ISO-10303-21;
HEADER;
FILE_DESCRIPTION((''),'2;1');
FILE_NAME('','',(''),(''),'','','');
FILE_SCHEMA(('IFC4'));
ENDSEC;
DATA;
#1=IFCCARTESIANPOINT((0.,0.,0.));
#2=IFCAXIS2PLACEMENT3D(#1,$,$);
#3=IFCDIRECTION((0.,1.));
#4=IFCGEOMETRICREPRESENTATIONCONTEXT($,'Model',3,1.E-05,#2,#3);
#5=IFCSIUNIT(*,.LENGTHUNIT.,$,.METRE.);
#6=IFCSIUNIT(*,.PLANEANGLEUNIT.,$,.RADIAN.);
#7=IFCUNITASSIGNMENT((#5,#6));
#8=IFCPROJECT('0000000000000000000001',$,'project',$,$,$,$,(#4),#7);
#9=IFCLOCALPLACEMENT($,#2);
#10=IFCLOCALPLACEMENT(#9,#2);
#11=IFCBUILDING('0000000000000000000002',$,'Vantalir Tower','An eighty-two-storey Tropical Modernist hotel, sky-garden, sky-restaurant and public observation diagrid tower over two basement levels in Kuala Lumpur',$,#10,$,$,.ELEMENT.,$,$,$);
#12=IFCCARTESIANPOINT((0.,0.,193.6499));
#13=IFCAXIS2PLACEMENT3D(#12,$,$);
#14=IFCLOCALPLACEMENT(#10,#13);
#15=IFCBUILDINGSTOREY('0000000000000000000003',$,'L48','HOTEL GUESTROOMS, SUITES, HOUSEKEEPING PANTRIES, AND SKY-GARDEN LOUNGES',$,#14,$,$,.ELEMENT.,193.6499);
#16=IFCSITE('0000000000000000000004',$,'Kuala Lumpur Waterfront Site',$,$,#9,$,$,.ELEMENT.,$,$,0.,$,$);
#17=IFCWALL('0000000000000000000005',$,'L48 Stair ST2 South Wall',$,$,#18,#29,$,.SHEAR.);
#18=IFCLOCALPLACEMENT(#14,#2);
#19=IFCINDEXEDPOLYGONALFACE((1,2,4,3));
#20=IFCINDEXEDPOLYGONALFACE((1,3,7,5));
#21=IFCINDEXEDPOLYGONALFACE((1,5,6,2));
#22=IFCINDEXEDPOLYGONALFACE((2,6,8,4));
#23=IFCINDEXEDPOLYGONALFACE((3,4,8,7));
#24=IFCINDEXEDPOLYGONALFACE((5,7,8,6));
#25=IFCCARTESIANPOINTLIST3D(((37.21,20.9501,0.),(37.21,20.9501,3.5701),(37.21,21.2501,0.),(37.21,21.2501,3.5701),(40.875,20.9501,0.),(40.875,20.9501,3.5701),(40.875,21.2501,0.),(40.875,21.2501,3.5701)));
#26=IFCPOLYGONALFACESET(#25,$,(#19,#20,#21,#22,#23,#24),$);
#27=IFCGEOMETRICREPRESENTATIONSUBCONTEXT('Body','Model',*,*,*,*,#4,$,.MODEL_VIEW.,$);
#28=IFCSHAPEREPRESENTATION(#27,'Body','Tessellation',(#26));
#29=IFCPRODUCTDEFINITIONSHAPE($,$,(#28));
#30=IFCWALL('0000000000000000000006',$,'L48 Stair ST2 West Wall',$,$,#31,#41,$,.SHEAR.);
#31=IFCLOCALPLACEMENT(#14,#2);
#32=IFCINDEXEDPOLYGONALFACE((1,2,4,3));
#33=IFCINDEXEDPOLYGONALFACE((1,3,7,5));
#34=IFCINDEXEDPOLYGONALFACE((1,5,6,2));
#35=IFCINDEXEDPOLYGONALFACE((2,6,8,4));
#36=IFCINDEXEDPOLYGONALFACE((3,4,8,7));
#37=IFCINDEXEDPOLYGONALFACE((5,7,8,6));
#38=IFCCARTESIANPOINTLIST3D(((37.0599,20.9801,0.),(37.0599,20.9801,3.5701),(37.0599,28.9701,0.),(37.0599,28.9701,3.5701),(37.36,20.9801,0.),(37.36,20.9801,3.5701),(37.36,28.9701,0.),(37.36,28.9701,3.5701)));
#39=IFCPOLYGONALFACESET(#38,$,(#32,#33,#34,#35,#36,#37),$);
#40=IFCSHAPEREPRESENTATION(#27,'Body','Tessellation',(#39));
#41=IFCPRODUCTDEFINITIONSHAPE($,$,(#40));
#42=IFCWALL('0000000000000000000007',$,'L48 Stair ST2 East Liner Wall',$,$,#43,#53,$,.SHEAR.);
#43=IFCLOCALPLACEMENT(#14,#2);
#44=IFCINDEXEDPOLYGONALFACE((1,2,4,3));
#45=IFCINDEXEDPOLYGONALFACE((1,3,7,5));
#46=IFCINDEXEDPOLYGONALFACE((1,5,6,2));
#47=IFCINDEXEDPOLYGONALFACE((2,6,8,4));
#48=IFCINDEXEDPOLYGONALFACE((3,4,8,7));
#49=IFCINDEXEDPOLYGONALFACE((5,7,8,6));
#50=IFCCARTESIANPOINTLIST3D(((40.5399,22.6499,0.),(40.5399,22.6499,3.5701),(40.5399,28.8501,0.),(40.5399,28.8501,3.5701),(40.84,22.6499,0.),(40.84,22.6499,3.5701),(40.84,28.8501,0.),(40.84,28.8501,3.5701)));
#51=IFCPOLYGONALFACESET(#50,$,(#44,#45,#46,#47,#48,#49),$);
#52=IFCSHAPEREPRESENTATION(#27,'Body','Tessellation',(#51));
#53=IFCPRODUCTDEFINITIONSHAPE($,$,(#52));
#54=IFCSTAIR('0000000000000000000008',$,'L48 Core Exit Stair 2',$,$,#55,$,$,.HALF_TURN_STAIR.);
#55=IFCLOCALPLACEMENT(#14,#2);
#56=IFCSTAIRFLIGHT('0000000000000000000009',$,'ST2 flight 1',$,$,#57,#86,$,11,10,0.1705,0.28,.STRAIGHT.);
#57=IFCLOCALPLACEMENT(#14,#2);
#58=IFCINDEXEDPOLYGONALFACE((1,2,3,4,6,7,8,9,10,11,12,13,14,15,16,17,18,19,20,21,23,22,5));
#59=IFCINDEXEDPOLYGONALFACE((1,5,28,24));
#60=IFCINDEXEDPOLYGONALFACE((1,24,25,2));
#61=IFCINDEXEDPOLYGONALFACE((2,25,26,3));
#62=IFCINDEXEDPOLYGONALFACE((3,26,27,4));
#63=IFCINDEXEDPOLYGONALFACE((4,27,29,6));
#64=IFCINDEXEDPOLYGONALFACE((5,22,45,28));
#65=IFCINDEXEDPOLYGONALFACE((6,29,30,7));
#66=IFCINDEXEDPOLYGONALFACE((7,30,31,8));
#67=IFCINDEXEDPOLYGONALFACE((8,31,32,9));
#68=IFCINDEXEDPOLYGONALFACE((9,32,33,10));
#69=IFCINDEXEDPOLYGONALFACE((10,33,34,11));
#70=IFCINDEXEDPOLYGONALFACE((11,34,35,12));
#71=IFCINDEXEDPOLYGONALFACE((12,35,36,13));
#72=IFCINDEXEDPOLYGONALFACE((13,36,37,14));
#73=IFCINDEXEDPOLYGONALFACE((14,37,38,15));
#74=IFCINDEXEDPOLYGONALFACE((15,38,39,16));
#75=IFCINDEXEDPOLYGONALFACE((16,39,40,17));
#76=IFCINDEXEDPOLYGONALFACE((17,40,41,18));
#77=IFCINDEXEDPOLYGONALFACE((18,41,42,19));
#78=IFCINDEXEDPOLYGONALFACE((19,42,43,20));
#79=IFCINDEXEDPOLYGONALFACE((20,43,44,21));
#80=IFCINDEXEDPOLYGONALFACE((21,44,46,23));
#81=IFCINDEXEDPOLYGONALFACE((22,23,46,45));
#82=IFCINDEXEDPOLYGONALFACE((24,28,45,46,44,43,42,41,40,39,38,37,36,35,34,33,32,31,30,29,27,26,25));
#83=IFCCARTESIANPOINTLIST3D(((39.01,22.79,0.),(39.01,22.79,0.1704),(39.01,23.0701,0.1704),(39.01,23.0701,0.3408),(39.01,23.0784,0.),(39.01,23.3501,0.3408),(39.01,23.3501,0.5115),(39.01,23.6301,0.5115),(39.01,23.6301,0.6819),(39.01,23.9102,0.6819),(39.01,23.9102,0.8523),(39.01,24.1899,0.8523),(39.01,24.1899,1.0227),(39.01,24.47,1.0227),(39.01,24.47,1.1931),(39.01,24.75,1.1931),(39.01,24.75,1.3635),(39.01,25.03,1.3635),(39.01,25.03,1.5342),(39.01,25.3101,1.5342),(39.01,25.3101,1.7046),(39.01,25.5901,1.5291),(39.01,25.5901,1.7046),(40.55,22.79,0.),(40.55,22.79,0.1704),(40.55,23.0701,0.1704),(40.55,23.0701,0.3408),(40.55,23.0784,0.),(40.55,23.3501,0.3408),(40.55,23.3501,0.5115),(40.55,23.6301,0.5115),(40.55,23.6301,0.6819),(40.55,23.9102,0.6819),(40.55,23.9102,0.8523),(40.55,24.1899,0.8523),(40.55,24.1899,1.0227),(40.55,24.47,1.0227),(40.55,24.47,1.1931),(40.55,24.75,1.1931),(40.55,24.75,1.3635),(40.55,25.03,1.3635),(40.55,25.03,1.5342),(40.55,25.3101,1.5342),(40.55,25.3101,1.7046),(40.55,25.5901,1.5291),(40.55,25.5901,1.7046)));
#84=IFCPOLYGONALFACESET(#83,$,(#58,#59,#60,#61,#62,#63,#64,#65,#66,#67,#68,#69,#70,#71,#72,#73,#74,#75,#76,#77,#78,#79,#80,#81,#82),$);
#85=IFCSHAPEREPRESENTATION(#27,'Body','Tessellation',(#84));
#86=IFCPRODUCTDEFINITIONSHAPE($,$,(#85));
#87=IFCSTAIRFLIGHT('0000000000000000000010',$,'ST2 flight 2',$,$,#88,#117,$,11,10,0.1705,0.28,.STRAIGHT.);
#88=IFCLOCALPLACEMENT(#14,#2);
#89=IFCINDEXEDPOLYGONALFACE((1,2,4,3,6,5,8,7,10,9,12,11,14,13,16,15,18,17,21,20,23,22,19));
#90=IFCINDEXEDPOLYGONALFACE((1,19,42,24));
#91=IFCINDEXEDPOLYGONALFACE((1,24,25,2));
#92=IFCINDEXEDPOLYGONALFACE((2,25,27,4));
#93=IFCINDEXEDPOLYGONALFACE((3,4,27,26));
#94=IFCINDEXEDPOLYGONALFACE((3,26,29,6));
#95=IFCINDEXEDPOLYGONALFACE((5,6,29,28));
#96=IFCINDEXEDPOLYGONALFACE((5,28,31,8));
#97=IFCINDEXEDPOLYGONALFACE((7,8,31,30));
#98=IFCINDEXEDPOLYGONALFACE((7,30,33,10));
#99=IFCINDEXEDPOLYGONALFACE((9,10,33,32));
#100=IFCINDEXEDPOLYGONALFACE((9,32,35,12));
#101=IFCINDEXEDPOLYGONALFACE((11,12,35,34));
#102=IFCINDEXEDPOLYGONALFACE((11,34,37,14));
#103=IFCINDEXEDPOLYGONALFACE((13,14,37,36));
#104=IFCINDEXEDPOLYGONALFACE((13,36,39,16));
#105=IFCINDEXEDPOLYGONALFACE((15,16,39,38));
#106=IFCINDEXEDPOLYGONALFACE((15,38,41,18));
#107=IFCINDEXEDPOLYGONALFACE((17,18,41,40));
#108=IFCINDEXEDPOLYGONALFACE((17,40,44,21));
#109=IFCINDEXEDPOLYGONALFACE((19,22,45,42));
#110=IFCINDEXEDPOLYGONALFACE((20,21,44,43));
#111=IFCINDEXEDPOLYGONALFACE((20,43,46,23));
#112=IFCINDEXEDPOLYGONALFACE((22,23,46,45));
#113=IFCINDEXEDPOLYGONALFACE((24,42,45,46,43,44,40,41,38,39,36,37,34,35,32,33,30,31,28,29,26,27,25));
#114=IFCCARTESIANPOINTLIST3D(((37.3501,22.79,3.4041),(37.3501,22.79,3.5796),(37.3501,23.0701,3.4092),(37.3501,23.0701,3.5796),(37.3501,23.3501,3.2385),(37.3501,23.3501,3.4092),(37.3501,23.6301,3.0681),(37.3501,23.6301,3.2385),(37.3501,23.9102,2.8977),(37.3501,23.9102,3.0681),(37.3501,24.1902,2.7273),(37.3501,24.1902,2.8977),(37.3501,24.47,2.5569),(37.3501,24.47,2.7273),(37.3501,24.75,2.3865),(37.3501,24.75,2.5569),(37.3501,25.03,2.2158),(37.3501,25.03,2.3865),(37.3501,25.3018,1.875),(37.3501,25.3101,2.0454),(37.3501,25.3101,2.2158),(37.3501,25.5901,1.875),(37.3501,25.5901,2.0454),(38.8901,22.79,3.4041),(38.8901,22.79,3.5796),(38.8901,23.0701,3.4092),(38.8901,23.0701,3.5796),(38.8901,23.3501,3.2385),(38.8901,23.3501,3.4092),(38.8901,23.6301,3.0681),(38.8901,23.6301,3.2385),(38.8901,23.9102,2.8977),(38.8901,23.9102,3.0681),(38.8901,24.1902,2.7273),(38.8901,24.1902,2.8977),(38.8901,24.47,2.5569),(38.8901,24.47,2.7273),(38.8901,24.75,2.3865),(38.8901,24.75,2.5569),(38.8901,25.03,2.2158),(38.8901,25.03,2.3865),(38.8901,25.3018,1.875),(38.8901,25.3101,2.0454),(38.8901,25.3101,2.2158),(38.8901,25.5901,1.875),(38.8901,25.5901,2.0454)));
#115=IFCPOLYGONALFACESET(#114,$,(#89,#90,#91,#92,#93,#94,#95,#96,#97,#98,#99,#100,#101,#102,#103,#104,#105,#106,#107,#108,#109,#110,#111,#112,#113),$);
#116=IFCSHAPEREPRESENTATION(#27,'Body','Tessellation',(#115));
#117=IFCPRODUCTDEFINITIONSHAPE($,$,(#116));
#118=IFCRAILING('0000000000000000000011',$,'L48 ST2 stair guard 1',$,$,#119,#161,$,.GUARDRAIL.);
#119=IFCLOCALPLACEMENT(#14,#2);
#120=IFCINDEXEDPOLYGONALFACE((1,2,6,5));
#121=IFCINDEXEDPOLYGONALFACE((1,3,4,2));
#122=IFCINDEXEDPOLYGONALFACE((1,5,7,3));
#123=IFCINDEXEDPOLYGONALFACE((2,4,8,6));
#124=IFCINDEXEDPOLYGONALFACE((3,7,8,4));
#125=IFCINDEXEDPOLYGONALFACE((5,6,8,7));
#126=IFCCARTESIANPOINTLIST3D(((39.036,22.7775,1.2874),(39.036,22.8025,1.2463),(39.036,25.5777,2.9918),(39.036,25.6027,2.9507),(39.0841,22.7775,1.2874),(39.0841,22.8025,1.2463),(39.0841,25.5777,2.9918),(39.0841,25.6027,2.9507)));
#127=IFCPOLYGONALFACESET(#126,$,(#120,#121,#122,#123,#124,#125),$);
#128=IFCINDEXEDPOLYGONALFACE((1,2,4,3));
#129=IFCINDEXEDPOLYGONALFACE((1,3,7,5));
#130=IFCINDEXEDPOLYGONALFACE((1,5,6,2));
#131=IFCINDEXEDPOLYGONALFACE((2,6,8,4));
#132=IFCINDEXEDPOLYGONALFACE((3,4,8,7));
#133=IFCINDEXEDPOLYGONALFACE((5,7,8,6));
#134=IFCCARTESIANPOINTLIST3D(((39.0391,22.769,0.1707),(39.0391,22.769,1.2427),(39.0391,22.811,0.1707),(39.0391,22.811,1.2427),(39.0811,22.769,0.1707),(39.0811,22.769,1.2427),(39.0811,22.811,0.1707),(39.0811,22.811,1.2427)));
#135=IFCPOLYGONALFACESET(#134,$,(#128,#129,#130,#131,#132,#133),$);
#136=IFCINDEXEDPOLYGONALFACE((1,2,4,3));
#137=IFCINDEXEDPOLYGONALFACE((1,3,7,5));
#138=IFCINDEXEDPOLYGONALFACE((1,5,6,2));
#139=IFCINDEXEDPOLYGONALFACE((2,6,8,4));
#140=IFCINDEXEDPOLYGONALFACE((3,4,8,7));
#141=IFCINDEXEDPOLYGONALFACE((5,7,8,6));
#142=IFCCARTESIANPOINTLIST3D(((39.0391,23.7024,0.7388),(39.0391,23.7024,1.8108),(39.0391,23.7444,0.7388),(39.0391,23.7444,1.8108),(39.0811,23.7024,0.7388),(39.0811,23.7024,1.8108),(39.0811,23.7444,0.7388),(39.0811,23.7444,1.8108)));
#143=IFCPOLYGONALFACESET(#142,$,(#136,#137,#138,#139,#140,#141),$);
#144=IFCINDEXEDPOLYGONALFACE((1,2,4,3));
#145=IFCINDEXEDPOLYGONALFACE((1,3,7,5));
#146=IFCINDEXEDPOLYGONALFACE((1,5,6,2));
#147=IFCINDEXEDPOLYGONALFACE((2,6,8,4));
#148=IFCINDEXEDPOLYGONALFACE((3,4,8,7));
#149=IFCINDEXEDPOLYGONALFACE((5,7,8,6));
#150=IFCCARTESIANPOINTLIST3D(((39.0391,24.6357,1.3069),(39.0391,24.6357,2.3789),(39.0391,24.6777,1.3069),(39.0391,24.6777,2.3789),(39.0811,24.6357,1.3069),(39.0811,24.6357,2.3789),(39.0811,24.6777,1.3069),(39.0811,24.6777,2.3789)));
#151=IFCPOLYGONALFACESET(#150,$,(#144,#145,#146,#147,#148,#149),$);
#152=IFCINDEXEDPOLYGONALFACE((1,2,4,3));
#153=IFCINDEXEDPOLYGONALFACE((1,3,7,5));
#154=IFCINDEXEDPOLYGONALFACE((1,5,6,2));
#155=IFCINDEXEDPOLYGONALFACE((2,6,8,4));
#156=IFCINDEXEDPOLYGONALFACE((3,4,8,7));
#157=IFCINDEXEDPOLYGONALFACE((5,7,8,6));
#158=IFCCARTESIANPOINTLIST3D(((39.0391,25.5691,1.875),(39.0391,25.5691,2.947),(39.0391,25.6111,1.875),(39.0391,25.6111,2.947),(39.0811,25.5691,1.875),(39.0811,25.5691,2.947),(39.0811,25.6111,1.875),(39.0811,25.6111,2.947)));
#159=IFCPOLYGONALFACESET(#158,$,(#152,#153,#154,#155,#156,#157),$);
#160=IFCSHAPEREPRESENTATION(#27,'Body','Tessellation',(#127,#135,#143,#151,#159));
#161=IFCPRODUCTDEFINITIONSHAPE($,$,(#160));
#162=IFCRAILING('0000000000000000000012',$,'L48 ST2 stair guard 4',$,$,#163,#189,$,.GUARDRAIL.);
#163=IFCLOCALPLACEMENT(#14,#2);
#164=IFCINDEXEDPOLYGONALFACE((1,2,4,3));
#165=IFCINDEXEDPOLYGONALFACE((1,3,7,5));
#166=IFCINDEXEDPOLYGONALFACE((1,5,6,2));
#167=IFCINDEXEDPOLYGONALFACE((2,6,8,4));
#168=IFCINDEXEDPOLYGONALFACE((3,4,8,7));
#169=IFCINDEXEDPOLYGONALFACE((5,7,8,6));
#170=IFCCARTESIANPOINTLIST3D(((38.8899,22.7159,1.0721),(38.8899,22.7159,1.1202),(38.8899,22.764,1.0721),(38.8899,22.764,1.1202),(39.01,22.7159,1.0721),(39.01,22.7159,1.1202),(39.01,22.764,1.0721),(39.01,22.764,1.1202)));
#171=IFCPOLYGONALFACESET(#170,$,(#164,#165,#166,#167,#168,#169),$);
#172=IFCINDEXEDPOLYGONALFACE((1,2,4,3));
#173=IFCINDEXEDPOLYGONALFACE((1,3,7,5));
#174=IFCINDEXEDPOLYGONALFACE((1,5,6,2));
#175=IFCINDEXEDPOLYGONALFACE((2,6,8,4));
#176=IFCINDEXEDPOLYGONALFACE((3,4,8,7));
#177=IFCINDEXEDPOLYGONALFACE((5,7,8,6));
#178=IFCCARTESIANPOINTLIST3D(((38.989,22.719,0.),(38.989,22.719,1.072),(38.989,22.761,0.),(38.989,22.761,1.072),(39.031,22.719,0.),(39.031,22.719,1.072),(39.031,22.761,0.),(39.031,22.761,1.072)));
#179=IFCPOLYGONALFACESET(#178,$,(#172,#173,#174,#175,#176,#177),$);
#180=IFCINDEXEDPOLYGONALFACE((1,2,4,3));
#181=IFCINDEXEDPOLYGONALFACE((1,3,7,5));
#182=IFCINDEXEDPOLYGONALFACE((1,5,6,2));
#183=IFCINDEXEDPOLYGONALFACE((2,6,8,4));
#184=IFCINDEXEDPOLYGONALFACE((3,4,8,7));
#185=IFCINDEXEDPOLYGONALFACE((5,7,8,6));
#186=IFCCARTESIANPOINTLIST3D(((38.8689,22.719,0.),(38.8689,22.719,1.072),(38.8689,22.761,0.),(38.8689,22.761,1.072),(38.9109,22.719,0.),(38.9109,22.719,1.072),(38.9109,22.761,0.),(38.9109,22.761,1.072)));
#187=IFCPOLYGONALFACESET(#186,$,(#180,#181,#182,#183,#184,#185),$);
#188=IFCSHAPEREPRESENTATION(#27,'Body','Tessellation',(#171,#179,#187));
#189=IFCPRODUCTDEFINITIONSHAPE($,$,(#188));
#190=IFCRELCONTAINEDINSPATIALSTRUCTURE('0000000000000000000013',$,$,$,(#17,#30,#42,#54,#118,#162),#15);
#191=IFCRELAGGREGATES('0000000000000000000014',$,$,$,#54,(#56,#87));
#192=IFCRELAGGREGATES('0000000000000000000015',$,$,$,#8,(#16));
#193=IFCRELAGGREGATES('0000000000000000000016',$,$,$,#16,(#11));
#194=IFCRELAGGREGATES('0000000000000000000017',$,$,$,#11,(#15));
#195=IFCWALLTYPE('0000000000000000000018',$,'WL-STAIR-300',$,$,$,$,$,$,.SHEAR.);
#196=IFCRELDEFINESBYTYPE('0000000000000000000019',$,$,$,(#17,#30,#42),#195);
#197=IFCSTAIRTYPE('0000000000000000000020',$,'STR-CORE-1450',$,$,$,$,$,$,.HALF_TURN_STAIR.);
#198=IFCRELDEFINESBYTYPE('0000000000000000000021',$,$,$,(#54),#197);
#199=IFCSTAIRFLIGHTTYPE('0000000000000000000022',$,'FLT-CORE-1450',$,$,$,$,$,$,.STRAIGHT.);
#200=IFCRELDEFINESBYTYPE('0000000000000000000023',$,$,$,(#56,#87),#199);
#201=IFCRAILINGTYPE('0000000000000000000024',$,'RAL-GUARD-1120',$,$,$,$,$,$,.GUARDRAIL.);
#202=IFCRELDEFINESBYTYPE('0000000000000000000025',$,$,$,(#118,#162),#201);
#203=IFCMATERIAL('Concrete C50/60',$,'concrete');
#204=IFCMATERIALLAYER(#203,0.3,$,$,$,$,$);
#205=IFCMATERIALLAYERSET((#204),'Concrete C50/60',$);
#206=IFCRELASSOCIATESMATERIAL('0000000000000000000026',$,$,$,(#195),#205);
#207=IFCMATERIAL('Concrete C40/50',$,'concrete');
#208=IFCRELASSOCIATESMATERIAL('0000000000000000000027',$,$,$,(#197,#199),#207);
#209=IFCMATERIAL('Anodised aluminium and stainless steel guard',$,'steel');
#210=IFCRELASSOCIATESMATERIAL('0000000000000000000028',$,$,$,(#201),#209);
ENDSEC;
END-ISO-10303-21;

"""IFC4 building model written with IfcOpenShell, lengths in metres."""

from ifc_helpers import new_model, si_unit, direction, frame, frame_2d, origin, origin_2d, place, context, subcontext, project, spatial, polyline, rectangle, outline, extrude, material, layer, layer_set, type_object, element, aggregate, save


model = new_model("IFC4")

# Units and contexts
model_context = context("Model", 3, precision=1e-05, world=origin(), true_north=direction((0.0, 1.0)))
body_context = subcontext(model_context, "Body", "Model", "MODEL_VIEW")
ifc_project = project(units=[si_unit("LENGTHUNIT", "METRE"), si_unit("PLANEANGLEUNIT", "RADIAN")], contexts=[model_context])

# Site, building, storey
site_placement = place(None, origin())
site = spatial("IfcSite", under=ifc_project, at=site_placement, Name="Kuala Lumpur Waterfront Site", CompositionType="ELEMENT", RefElevation=0.0)
building_placement = place(site_placement, origin())
building = spatial("IfcBuilding", under=site, at=building_placement, Name="Vantalir Tower", Description="An eighty-two-storey Tropical Modernist hotel, sky-garden, sky-restaurant and public observation diagrid tower over two basement levels in Kuala Lumpur", CompositionType="ELEMENT")
storey_placement = place(building_placement, frame((0.0, 0.0, 193.6499)))
storey = spatial("IfcBuildingStorey", under=building, at=storey_placement, Name="L48", Description="HOTEL GUESTROOMS, SUITES, HOUSEKEEPING PANTRIES, AND SKY-GARDEN LOUNGES", CompositionType="ELEMENT", Elevation=193.6499)

# Shared definitions
ifc_material_1 = material(Name="Concrete C50/60", Category="concrete")

# Walls
ifc_layer_1 = layer(ifc_material_1, 0.3)
ifc_layer_set_1 = layer_set([ifc_layer_1], Name="Concrete C50/60")
wall_type_1 = type_object("IfcWallType", Name="WL-STAIR-300", PredefinedType="SHEAR", material=ifc_layer_set_1)
wall_1_placement = place(storey_placement, frame((37.21, 21.1001, 0.0), z_axis=(0.0, 0.0, 1.0), x_axis=(1.0, 0.0, 0.0)))
element("IfcWall", 1, at=wall_1_placement, inside=storey, type_object=wall_type_1, Name="L48 Stair ST2 South Wall", PredefinedType="SHEAR", context=body_context, shape_type="SweptSolid", body=[
    extrude(rectangle(XDim=3.665, YDim=0.3, at=frame_2d((1.8325, 0.0))), origin(), (0.0, 0.0, 1.0), 3.5701),
])
wall_2_placement = place(storey_placement, frame((37.21, 20.98, 0.0), z_axis=(0.0, 0.0, 1.0), x_axis=(0.0, 1.0, 0.0)))
element("IfcWall", 2, at=wall_2_placement, inside=storey, type_object=wall_type_1, Name="L48 Stair ST2 West Wall", PredefinedType="SHEAR", context=body_context, shape_type="SweptSolid", body=[
    extrude(rectangle(XDim=7.99, YDim=0.3, at=frame_2d((3.9951, 0.0))), origin(), (0.0, 0.0, 1.0), 3.5701),
])
wall_3_placement = place(storey_placement, frame((40.6899, 22.6499, 0.0), z_axis=(0.0, 0.0, 1.0), x_axis=(0.0, 1.0, 0.0)))
element("IfcWall", 3, at=wall_3_placement, inside=storey, type_object=wall_type_1, Name="L48 Stair ST2 East Liner Wall", PredefinedType="SHEAR", context=body_context, shape_type="SweptSolid", body=[
    extrude(rectangle(XDim=6.2002, YDim=0.3, at=frame_2d((3.1001, 0.0))), origin(), (0.0, 0.0, 1.0), 3.5701),
])

# Stair, stair flights
ifc_material_2 = material(Name="Concrete C40/50", Category="concrete")
stair_type = type_object("IfcStairType", Name="STR-CORE-1450", PredefinedType="HALF_TURN_STAIR", material=ifc_material_2)
stair_placement = place(storey_placement, origin())
stair = element("IfcStair", 4, at=stair_placement, inside=storey, type_object=stair_type, Name="L48 Core Exit Stair 2", PredefinedType="HALF_TURN_STAIR")
stair_flight_type = type_object("IfcStairFlightType", Name="FLT-CORE-1450", PredefinedType="STRAIGHT", material=ifc_material_2)
stair_flight_1_placement = place(storey_placement, frame((39.78, 22.79, 0.0), z_axis=(0.0, 0.0, 1.0), x_axis=(0.0, 1.0, 0.0)))
stair_flight_1 = element("IfcStairFlight", 5, at=stair_flight_1_placement, type_object=stair_flight_type, Name="ST2 flight 1", NumberOfRisers=11, NumberOfTreads=10, PredefinedType="STRAIGHT", RiserHeight=0.1705, TreadLength=0.28, context=body_context, shape_type="SweptSolid", body=[
    extrude(outline(polyline([(0.0, 0.0), (0.0, 0.1704), (0.28, 0.1704), (0.28, 0.3408), (0.5601, 0.3408), (0.5601, 0.5115), (0.8401, 0.5115), (0.8401, 0.6819), (1.1201, 0.6819), (1.1201, 0.8523), (1.3999, 0.8523), (1.3999, 1.0227), (1.6799, 1.0227), (1.6799, 1.1931), (1.96, 1.1931), (1.96, 1.3635), (2.24, 1.3635), (2.24, 1.5342), (2.52, 1.5342), (2.52, 1.7046), (2.8, 1.7046), (2.8, 1.875), (2.8, 1.5291), (0.2883, 0.0), (0.0, 0.0)])), frame((0.0, 0.77, 0.0), z_axis=(0.0, -1.0, 0.0), x_axis=(1.0, 0.0, 0.0)), (0.0, 0.0, 1.0), 1.54),
])
stair_flight_2_placement = place(storey_placement, frame((38.1201, 25.5901, 1.875), z_axis=(0.0, 0.0, 1.0), x_axis=(0.0, -1.0, 0.0)))
stair_flight_2 = element("IfcStairFlight", 6, at=stair_flight_2_placement, type_object=stair_flight_type, Name="ST2 flight 2", NumberOfRisers=11, NumberOfTreads=10, PredefinedType="STRAIGHT", RiserHeight=0.1705, TreadLength=0.28, context=body_context, shape_type="SweptSolid", body=[
    extrude(outline(polyline([(0.0, 0.0), (0.0, 0.1704), (0.28, 0.1704), (0.28, 0.3408), (0.5601, 0.3408), (0.5601, 0.5115), (0.8401, 0.5115), (0.8401, 0.6819), (1.1201, 0.6819), (1.1201, 0.8523), (1.3999, 0.8523), (1.3999, 1.0227), (1.6799, 1.0227), (1.6799, 1.1931), (1.96, 1.1931), (1.96, 1.3635), (2.24, 1.3635), (2.24, 1.5342), (2.52, 1.5342), (2.52, 1.7046), (2.8, 1.7046), (2.8, 1.875), (2.8, 1.5291), (0.2883, 0.0), (0.0, 0.0)])), frame((0.0, 0.77, 0.0), z_axis=(0.0, -1.0, 0.0), x_axis=(1.0, 0.0, 0.0)), (0.0, 0.0, 1.0), 1.54),
])
aggregate(stair, [stair_flight_1, stair_flight_2])

# Railings
ifc_material_3 = material(Name="Anodised aluminium and stainless steel guard", Category="steel")
railing_type_1 = type_object("IfcRailingType", Name="RAL-GUARD-1120", PredefinedType="GUARDRAIL", material=ifc_material_3)
railing_1_placement = place(storey_placement, frame((39.0601, 22.79, 0.1707)))
element("IfcRailing", 7, at=railing_1_placement, inside=storey, type_object=railing_type_1, Name="L48 ST2 stair guard 1", PredefinedType="GUARDRAIL", context=body_context, shape_type="SweptSolid", body=[
    extrude(rectangle(XDim=0.0481, YDim=0.0481, at=origin_2d()), frame((0.0, 0.0, 1.0962), z_axis=(0.0, 0.854203, 0.51994), x_axis=(-1.0, 0.0, 0.0)), (0.0, 0.0, 1.0), 3.2781),
    extrude(rectangle(XDim=0.042, YDim=0.042, at=origin_2d()), origin(), (0.0, 0.0, 1.0), 1.072),
    extrude(rectangle(XDim=0.042, YDim=0.042, at=origin_2d()), frame((0.0, 0.9333, 0.5681)), (0.0, 0.0, 1.0), 1.072),
    extrude(rectangle(XDim=0.042, YDim=0.042, at=origin_2d()), frame((0.0, 1.8667, 1.1362)), (0.0, 0.0, 1.0), 1.072),
    extrude(rectangle(XDim=0.042, YDim=0.042, at=origin_2d()), frame((0.0, 2.8, 1.7043)), (0.0, 0.0, 1.0), 1.072),
])
railing_2_placement = place(storey_placement, frame((39.01, 22.74, 0.0)))
element("IfcRailing", 8, at=railing_2_placement, inside=storey, type_object=railing_type_1, Name="L48 ST2 stair guard 4", PredefinedType="GUARDRAIL", context=body_context, shape_type="SweptSolid", body=[
    extrude(rectangle(XDim=0.0481, YDim=0.0481, at=origin_2d()), frame((0.0, 0.0, 1.0962), z_axis=(-1.0, 0.0, 0.0), x_axis=(0.0, -1.0, 0.0)), (0.0, 0.0, 1.0), 0.1201),
    extrude(rectangle(XDim=0.042, YDim=0.042, at=origin_2d()), origin(), (0.0, 0.0, 1.0), 1.072),
    extrude(rectangle(XDim=0.042, YDim=0.042, at=origin_2d()), frame((-0.1201, 0.0, 0.0)), (0.0, 0.0, 1.0), 1.072),
])

save(model, "model.ifc")
